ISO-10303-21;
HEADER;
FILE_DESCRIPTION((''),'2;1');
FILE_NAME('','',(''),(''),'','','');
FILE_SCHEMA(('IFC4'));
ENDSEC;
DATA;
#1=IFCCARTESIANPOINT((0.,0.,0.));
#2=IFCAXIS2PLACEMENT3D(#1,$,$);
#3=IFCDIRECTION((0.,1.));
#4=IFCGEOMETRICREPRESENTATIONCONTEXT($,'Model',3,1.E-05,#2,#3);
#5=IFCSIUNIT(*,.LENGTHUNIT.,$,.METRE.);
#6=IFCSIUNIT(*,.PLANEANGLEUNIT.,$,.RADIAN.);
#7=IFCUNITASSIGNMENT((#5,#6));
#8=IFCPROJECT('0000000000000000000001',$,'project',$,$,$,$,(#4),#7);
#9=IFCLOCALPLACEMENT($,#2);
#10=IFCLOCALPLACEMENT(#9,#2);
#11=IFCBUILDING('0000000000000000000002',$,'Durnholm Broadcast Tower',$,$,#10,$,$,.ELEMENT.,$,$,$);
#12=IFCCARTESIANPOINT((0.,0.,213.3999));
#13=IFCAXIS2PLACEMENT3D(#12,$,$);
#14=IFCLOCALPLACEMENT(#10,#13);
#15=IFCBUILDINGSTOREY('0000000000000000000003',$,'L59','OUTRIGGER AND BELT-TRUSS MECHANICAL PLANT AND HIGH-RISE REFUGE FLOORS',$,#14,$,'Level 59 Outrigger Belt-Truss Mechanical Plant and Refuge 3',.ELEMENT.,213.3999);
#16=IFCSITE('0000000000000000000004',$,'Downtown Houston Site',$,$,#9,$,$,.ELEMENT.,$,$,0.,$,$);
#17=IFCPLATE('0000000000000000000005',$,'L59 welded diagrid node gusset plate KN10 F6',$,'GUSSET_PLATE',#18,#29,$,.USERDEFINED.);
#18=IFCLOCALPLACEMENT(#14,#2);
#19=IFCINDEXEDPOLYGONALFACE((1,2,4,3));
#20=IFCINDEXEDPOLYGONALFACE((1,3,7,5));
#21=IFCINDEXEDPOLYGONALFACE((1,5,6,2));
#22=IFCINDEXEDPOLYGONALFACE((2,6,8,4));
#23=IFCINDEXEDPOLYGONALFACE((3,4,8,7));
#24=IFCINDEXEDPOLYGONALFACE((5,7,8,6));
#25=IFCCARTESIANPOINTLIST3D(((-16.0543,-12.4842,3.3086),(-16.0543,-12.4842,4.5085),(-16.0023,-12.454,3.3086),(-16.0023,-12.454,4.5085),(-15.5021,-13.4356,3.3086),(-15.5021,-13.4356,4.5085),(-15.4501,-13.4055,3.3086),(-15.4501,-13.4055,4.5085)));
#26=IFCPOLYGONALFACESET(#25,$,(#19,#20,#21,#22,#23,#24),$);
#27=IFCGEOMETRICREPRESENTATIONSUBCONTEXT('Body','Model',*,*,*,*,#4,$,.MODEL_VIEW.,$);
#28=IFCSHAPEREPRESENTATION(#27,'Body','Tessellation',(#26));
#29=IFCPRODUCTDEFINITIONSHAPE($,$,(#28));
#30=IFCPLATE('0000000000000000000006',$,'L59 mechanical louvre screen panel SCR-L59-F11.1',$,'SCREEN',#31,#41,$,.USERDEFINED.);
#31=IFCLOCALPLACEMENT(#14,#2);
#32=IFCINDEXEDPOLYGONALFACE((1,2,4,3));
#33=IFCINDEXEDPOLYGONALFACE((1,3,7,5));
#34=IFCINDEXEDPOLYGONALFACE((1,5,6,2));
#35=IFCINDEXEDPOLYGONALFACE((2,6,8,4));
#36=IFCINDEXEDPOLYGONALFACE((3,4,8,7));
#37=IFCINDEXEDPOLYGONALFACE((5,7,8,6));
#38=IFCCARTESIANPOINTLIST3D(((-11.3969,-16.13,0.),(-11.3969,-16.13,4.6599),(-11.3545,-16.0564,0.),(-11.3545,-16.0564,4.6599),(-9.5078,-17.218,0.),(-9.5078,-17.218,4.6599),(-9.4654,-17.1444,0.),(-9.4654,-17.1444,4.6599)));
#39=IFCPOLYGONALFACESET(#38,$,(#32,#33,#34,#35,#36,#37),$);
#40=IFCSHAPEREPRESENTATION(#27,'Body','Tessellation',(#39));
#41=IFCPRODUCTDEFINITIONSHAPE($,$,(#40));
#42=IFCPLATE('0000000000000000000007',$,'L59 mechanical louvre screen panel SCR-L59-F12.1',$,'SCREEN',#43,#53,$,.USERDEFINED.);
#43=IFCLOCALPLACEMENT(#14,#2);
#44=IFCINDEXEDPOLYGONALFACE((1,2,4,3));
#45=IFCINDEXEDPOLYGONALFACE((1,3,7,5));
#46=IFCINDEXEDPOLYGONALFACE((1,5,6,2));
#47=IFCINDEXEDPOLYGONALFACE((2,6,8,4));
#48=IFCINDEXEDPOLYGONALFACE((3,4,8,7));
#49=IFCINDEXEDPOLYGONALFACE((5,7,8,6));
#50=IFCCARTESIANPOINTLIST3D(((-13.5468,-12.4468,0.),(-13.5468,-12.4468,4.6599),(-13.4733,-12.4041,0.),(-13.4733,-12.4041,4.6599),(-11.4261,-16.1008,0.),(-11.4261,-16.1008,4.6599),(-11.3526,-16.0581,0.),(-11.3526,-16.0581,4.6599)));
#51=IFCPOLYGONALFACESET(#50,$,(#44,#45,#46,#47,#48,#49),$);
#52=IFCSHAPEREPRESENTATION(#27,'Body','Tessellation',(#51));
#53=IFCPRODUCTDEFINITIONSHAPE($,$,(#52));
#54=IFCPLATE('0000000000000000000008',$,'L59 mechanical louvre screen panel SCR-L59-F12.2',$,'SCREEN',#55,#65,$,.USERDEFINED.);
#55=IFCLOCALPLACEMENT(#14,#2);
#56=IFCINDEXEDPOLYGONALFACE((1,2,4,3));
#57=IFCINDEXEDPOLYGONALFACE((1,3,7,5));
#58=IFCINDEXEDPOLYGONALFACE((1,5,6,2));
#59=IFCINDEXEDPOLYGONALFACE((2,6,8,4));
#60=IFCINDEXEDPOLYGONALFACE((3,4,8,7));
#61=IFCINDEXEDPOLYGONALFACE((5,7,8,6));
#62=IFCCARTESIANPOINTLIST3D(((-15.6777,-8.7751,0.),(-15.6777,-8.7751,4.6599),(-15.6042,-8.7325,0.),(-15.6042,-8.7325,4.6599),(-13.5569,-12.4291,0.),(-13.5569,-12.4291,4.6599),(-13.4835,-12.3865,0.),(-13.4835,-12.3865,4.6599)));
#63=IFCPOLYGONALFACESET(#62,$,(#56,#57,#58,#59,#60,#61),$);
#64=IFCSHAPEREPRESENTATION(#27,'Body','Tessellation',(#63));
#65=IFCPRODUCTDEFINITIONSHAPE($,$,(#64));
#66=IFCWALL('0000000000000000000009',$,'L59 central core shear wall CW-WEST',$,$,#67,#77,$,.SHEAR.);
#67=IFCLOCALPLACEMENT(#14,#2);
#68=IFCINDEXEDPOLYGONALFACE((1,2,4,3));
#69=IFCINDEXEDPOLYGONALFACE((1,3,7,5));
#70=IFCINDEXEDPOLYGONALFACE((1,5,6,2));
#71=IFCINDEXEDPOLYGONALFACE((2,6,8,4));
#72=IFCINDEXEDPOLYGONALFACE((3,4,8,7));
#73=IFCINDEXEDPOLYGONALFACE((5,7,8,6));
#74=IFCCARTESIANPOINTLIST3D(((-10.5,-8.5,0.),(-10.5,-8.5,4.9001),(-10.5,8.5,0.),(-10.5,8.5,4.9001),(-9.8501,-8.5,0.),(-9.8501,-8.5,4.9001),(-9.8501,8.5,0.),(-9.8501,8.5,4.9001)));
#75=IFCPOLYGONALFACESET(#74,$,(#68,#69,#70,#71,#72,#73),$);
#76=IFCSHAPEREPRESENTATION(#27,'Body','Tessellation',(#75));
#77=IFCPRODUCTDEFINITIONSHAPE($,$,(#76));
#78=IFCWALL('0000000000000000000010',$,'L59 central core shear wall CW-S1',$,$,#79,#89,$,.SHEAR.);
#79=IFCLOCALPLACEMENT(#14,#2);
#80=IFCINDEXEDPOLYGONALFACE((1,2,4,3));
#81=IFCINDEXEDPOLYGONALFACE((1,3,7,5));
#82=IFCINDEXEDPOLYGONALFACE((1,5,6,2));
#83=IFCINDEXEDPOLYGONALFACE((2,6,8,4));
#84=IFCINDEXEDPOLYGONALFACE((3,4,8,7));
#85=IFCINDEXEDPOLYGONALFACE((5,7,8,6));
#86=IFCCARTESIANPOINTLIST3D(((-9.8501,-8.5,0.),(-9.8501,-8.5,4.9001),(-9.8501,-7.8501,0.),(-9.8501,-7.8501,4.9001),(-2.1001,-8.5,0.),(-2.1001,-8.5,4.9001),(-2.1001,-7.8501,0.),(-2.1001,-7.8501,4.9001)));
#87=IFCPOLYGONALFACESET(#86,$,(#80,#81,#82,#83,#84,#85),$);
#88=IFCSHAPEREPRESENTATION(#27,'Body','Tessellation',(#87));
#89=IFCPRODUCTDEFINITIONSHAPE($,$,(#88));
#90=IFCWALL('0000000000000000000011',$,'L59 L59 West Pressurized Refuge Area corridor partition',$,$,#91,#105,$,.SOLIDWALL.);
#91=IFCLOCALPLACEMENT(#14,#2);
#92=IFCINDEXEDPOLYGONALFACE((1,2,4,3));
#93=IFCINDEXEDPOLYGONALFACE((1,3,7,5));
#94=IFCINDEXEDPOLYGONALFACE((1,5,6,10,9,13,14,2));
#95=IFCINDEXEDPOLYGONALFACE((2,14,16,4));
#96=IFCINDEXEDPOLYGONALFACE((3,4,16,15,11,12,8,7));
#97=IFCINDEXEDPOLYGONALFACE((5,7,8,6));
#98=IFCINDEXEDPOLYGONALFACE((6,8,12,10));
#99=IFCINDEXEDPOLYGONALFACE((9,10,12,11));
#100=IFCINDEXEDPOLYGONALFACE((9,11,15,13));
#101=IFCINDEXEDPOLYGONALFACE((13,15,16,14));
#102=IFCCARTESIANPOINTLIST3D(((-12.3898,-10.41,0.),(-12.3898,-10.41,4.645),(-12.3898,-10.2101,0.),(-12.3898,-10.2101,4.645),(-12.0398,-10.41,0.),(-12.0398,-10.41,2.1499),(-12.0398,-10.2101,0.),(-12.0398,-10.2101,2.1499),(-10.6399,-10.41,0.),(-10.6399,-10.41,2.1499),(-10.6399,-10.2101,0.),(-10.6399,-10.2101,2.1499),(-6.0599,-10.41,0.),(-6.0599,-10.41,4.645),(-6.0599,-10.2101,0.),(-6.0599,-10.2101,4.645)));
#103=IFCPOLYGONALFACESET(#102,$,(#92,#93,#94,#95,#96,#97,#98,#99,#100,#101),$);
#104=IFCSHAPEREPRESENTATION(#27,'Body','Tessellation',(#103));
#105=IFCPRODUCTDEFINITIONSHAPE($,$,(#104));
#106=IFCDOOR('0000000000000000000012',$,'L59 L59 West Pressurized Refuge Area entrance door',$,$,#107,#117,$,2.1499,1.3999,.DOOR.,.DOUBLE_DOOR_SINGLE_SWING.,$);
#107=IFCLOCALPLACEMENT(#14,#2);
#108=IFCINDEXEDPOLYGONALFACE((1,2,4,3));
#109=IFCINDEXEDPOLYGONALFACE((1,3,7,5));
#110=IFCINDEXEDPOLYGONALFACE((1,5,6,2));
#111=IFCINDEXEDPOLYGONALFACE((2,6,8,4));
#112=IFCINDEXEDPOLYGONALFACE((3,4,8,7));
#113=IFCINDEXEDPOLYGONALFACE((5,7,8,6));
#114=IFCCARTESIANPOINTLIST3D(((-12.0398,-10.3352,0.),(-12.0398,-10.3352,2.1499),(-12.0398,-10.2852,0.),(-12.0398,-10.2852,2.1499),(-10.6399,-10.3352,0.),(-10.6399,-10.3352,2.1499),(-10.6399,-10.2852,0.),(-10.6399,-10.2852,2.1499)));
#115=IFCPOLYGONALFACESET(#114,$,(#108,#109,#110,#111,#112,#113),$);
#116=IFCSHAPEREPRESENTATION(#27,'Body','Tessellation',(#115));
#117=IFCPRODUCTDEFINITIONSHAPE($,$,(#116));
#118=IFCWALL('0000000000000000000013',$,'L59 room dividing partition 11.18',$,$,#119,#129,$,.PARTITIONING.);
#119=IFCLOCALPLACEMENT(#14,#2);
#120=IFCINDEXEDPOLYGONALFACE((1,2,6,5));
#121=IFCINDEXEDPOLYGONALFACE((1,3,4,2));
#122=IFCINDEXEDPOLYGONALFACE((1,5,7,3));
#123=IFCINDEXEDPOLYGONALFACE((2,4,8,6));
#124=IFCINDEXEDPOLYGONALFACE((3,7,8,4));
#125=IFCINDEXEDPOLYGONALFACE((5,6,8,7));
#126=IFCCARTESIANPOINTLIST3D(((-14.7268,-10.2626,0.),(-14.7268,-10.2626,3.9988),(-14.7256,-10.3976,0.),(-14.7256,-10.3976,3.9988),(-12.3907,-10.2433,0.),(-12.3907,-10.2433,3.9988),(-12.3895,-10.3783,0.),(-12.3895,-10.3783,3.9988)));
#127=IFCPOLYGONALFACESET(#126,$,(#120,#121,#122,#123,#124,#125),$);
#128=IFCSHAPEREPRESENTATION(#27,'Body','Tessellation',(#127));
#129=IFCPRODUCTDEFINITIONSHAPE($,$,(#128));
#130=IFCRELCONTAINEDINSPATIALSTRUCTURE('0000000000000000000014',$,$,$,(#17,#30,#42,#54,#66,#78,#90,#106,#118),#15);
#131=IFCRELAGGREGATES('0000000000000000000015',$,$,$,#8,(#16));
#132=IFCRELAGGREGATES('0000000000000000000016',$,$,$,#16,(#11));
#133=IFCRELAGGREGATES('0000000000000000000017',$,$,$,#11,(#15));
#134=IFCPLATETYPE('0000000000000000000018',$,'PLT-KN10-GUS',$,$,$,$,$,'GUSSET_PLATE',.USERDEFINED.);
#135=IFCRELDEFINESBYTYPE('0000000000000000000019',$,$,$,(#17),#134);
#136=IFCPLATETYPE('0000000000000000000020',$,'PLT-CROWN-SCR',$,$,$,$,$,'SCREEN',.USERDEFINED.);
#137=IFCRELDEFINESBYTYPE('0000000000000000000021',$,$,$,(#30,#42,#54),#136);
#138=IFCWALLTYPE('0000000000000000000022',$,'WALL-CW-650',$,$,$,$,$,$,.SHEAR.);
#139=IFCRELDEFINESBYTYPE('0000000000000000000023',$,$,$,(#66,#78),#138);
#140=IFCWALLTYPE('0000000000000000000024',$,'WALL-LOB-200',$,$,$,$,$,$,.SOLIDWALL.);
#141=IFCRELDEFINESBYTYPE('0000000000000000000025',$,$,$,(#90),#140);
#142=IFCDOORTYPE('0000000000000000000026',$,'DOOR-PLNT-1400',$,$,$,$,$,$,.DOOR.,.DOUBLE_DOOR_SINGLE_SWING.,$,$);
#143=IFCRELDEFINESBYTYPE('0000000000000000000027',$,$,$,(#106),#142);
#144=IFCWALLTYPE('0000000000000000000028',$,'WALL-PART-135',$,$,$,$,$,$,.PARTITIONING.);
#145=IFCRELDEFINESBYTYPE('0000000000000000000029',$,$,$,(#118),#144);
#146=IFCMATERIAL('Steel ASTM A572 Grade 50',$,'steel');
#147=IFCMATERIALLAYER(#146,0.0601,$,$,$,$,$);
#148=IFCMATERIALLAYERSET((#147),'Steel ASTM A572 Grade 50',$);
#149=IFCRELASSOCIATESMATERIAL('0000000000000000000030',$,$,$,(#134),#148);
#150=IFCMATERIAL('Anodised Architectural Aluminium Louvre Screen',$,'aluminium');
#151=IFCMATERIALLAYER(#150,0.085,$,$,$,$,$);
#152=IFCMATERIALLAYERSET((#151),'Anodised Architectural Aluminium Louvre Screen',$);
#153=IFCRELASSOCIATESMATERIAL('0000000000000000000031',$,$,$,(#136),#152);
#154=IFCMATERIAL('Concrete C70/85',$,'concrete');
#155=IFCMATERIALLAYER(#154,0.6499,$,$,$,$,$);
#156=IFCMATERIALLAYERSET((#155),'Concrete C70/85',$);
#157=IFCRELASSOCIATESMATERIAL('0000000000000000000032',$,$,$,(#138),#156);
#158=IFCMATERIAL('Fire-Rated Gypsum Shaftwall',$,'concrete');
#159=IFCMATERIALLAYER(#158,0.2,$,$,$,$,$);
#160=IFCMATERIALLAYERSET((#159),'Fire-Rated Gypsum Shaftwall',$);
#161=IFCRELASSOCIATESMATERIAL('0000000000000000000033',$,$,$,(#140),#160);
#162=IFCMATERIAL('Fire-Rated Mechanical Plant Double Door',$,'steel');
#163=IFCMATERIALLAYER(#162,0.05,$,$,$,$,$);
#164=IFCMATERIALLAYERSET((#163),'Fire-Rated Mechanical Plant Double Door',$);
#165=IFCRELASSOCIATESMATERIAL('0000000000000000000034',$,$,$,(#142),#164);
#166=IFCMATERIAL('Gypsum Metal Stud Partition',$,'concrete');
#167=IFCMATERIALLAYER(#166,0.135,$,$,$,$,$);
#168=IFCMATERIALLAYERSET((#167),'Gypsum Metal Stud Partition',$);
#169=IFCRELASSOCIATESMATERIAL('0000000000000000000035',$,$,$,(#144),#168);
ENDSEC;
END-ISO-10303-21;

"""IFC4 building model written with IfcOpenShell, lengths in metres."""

from ifc_helpers import new_model, si_unit, direction, frame, frame_2d, origin, origin_2d, place, context, subcontext, project, spatial, rectangle, extrude, source, transform, mapped, material, layer, layer_set, type_object, type_shapes, element, fill, save


model = new_model("IFC4")

# Units and contexts
model_context = context("Model", 3, precision=1e-05, world=origin(), true_north=direction((0.0, 1.0)))
body_context = subcontext(model_context, "Body", "Model", "MODEL_VIEW")
ifc_project = project(units=[si_unit("LENGTHUNIT", "METRE"), si_unit("PLANEANGLEUNIT", "RADIAN")], contexts=[model_context])

# Site, building, storey
site_placement = place(None, origin())
site = spatial("IfcSite", under=ifc_project, at=site_placement, Name="Downtown Houston Site", CompositionType="ELEMENT", RefElevation=0.0)
building_placement = place(site_placement, origin())
building = spatial("IfcBuilding", under=site, at=building_placement, Name="Durnholm Broadcast Tower", CompositionType="ELEMENT")
storey_placement = place(building_placement, frame((0.0, 0.0, 213.3999)))
storey = spatial("IfcBuildingStorey", under=building, at=storey_placement, Name="L59", Description="OUTRIGGER AND BELT-TRUSS MECHANICAL PLANT AND HIGH-RISE REFUGE FLOORS", LongName="Level 59 Outrigger Belt-Truss Mechanical Plant and Refuge 3", CompositionType="ELEMENT", Elevation=213.3999)

# Shared definitions
ifc_material_1 = material(Name="Concrete C70/85", Category="concrete")

# Plates
ifc_material_2 = material(Name="Steel ASTM A572 Grade 50", Category="steel")
ifc_layer_1 = layer(ifc_material_2, 0.0601)
ifc_layer_set_1 = layer_set([ifc_layer_1], Name="Steel ASTM A572 Grade 50")
plate_type_1 = type_object("IfcPlateType", Name="PLT-KN10-GUS", ElementType="GUSSET_PLATE", PredefinedType="USERDEFINED", material=ifc_layer_set_1)
shared_shape_1 = source(origin(), body_context, "Body", "SweptSolid", [
    extrude(rectangle(XDim=1.1001, YDim=0.0601, at=origin_2d()), origin(), (0.0, 0.0, 1.0), 1.2),
])
type_shapes(plate_type_1, [shared_shape_1])
plate_1_placement = place(storey_placement, frame((-15.7522, -12.9448, 3.3086), z_axis=(0.0, 0.0, 1.0), x_axis=(0.501964, -0.864889, 0.0)))
element("IfcPlate", 1, at=plate_1_placement, inside=storey, type_object=plate_type_1, Name="L59 welded diagrid node gusset plate KN10 F6", ObjectType="GUSSET_PLATE", PredefinedType="USERDEFINED", context=body_context, shape_type="MappedRepresentation", body=[
    mapped(shared_shape_1, transform((0.0, 0.0, 0.0), x_axis=(1.0, 0.0, 0.0), y_axis=(0.0, 1.0, 0.0), z_axis=(0.0, 0.0, 1.0), scale=1.0)),
])
ifc_material_3 = material(Name="Anodised Architectural Aluminium Louvre Screen", Category="aluminium")
ifc_layer_2 = layer(ifc_material_3, 0.085)
ifc_layer_set_2 = layer_set([ifc_layer_2], Name="Anodised Architectural Aluminium Louvre Screen")
plate_type_2 = type_object("IfcPlateType", Name="PLT-CROWN-SCR", ElementType="SCREEN", PredefinedType="USERDEFINED", material=ifc_layer_set_2)
shared_shape_2 = source(origin(), body_context, "Body", "SweptSolid", [
    extrude(rectangle(XDim=2.1799, YDim=0.085, at=origin_2d()), origin(), (0.0, 0.0, 1.0), 4.6599),
])
plate_2_placement = place(storey_placement, frame((-10.4312, -16.6372, 0.0), z_axis=(0.0, 0.0, 1.0), x_axis=(-0.866549, 0.499093, 0.0)))
element("IfcPlate", 2, at=plate_2_placement, inside=storey, type_object=plate_type_2, Name="L59 mechanical louvre screen panel SCR-L59-F11.1", ObjectType="SCREEN", PredefinedType="USERDEFINED", context=body_context, shape_type="MappedRepresentation", body=[
    mapped(shared_shape_2, transform((0.0, 0.0, 0.0), x_axis=(1.0, 0.0, 0.0), y_axis=(0.0, 1.0, 0.0), z_axis=(0.0, 0.0, 1.0), scale=1.0)),
])
shared_shape_3 = source(origin(), body_context, "Body", "SweptSolid", [
    extrude(rectangle(XDim=4.2249, YDim=0.085, at=origin_2d()), origin(), (0.0, 0.0, 1.0), 4.6599),
])
type_shapes(plate_type_2, [shared_shape_2, shared_shape_3])
for number, where, z_axis, x_axis, name in (
    (3, (-12.4497, -14.2524, 0.0), (0.0, 0.0, 1.0), (-0.501964, 0.864889, 0.0), "L59 mechanical louvre screen panel SCR-L59-F12.1"),
    (4, (-14.5806, -10.5808, 0.0), (0.0, 0.0, 1.0), (-0.501964, 0.864889, 0.0), "L59 mechanical louvre screen panel SCR-L59-F12.2"),
):
    element("IfcPlate", number, at=place(storey_placement, frame(where, z_axis=z_axis, x_axis=x_axis)), inside=storey, type_object=plate_type_2, Name=name, ObjectType="SCREEN", PredefinedType="USERDEFINED", context=body_context, shape_type="MappedRepresentation", body=[
        mapped(shared_shape_3, transform((0.0, 0.0, 0.0), x_axis=(1.0, 0.0, 0.0), y_axis=(0.0, 1.0, 0.0), z_axis=(0.0, 0.0, 1.0), scale=1.0)),
    ])

# Walls
ifc_layer_3 = layer(ifc_material_1, 0.6499)
ifc_layer_set_3 = layer_set([ifc_layer_3], Name="Concrete C70/85")
wall_type_1 = type_object("IfcWallType", Name="WALL-CW-650", PredefinedType="SHEAR", material=ifc_layer_set_3)
wall_1_placement = place(storey_placement, frame((-10.175, -8.5, 0.0), z_axis=(0.0, 0.0, 1.0), x_axis=(0.0, 1.0, 0.0)))
element("IfcWall", 5, at=wall_1_placement, inside=storey, type_object=wall_type_1, Name="L59 central core shear wall CW-WEST", PredefinedType="SHEAR", context=body_context, shape_type="SweptSolid", body=[
    extrude(rectangle(XDim=17.0, YDim=0.6499, at=frame_2d((8.5, 0.0))), origin(), (0.0, 0.0, 1.0), 4.9001),
])
wall_2_placement = place(storey_placement, frame((-9.8501, -8.175, 0.0), z_axis=(0.0, 0.0, 1.0), x_axis=(1.0, 0.0, 0.0)))
element("IfcWall", 6, at=wall_2_placement, inside=storey, type_object=wall_type_1, Name="L59 central core shear wall CW-S1", PredefinedType="SHEAR", context=body_context, shape_type="SweptSolid", body=[
    extrude(rectangle(XDim=7.75, YDim=0.6499, at=frame_2d((3.875, 0.0))), origin(), (0.0, 0.0, 1.0), 4.9001),
])

# Wall, opening, door
ifc_material_4 = material(Name="Fire-Rated Gypsum Shaftwall", Category="concrete")
ifc_layer_4 = layer(ifc_material_4, 0.2)
ifc_layer_set_4 = layer_set([ifc_layer_4], Name="Fire-Rated Gypsum Shaftwall")
wall_type_2 = type_object("IfcWallType", Name="WALL-LOB-200", PredefinedType="SOLIDWALL", material=ifc_layer_set_4)
wall_3_placement = place(storey_placement, frame((-12.3899, -10.3101, 0.0), z_axis=(0.0, 0.0, 1.0), x_axis=(1.0, 0.0, 0.0)))
wall_3 = element("IfcWall", 7, at=wall_3_placement, inside=storey, type_object=wall_type_2, Name="L59 L59 West Pressurized Refuge Area corridor partition", PredefinedType="SOLIDWALL", context=body_context, shape_type="SweptSolid", body=[
    extrude(rectangle(XDim=6.3298, YDim=0.2, at=frame_2d((3.165, 0.0))), origin(), (0.0, 0.0, 1.0), 4.645),
])
opening_placement = place(wall_3_placement, frame((0.3501, 0.0, 0.0)))
opening = element("IfcOpeningElement", 8, at=opening_placement, cuts=wall_3, PredefinedType="OPENING", context=body_context, shape_type="SweptSolid", body=[
    extrude(rectangle(XDim=1.3999, YDim=2.1499, at=frame_2d((0.7, 1.075))), frame((0.0, 0.1099, 0.0), z_axis=(0.0, -1.0, 0.0), x_axis=(1.0, 0.0, 0.0)), (0.0, 0.0, 1.0), 0.22),
])
ifc_material_5 = material(Name="Fire-Rated Mechanical Plant Double Door", Category="steel")
ifc_layer_5 = layer(ifc_material_5, 0.05)
ifc_layer_set_5 = layer_set([ifc_layer_5], Name="Fire-Rated Mechanical Plant Double Door")
door_type = type_object("IfcDoorType", Name="DOOR-PLNT-1400", OperationType="DOUBLE_DOOR_SINGLE_SWING", PredefinedType="DOOR", material=ifc_layer_set_5)
shared_shape_4 = source(origin(), body_context, "Body", "SweptSolid", [
    extrude(rectangle(XDim=1.3999, YDim=2.1499, at=frame_2d((0.7, 1.075))), frame((0.0, 0.0249, 0.0), z_axis=(0.0, -1.0, 0.0), x_axis=(1.0, 0.0, 0.0)), (0.0, 0.0, 1.0), 0.05),
])
type_shapes(door_type, [shared_shape_4])
door_placement = place(opening_placement, origin())
door = element("IfcDoor", 9, at=door_placement, inside=storey, type_object=door_type, Name="L59 L59 West Pressurized Refuge Area entrance door", OperationType="DOUBLE_DOOR_SINGLE_SWING", OverallHeight=2.1499, OverallWidth=1.3999, PredefinedType="DOOR", context=body_context, shape_type="MappedRepresentation", body=[
    mapped(shared_shape_4, transform((0.0, 0.0, 0.0), x_axis=(1.0, 0.0, 0.0), y_axis=(0.0, 1.0, 0.0), z_axis=(0.0, 0.0, 1.0), scale=1.0)),
])
fill(opening, door)

# Wall
ifc_material_6 = material(Name="Gypsum Metal Stud Partition", Category="concrete")
ifc_layer_6 = layer(ifc_material_6, 0.135)
ifc_layer_set_6 = layer_set([ifc_layer_6], Name="Gypsum Metal Stud Partition")
wall_type_3 = type_object("IfcWallType", Name="WALL-PART-135", PredefinedType="PARTITIONING", material=ifc_layer_set_6)
wall_4_placement = place(storey_placement, frame((-14.7261, -10.3301, 0.0), z_axis=(0.0, 0.0, 1.0), x_axis=(0.999966, 0.008256, 0.0)))
element("IfcWall", 10, at=wall_4_placement, inside=storey, type_object=wall_type_3, Name="L59 room dividing partition 11.18", PredefinedType="PARTITIONING", context=body_context, shape_type="SweptSolid", body=[
    extrude(rectangle(XDim=2.3362, YDim=0.135, at=frame_2d((1.168, 0.0))), origin(), (0.0, 0.0, 1.0), 3.9988),
])

save(model, "model.ifc")
